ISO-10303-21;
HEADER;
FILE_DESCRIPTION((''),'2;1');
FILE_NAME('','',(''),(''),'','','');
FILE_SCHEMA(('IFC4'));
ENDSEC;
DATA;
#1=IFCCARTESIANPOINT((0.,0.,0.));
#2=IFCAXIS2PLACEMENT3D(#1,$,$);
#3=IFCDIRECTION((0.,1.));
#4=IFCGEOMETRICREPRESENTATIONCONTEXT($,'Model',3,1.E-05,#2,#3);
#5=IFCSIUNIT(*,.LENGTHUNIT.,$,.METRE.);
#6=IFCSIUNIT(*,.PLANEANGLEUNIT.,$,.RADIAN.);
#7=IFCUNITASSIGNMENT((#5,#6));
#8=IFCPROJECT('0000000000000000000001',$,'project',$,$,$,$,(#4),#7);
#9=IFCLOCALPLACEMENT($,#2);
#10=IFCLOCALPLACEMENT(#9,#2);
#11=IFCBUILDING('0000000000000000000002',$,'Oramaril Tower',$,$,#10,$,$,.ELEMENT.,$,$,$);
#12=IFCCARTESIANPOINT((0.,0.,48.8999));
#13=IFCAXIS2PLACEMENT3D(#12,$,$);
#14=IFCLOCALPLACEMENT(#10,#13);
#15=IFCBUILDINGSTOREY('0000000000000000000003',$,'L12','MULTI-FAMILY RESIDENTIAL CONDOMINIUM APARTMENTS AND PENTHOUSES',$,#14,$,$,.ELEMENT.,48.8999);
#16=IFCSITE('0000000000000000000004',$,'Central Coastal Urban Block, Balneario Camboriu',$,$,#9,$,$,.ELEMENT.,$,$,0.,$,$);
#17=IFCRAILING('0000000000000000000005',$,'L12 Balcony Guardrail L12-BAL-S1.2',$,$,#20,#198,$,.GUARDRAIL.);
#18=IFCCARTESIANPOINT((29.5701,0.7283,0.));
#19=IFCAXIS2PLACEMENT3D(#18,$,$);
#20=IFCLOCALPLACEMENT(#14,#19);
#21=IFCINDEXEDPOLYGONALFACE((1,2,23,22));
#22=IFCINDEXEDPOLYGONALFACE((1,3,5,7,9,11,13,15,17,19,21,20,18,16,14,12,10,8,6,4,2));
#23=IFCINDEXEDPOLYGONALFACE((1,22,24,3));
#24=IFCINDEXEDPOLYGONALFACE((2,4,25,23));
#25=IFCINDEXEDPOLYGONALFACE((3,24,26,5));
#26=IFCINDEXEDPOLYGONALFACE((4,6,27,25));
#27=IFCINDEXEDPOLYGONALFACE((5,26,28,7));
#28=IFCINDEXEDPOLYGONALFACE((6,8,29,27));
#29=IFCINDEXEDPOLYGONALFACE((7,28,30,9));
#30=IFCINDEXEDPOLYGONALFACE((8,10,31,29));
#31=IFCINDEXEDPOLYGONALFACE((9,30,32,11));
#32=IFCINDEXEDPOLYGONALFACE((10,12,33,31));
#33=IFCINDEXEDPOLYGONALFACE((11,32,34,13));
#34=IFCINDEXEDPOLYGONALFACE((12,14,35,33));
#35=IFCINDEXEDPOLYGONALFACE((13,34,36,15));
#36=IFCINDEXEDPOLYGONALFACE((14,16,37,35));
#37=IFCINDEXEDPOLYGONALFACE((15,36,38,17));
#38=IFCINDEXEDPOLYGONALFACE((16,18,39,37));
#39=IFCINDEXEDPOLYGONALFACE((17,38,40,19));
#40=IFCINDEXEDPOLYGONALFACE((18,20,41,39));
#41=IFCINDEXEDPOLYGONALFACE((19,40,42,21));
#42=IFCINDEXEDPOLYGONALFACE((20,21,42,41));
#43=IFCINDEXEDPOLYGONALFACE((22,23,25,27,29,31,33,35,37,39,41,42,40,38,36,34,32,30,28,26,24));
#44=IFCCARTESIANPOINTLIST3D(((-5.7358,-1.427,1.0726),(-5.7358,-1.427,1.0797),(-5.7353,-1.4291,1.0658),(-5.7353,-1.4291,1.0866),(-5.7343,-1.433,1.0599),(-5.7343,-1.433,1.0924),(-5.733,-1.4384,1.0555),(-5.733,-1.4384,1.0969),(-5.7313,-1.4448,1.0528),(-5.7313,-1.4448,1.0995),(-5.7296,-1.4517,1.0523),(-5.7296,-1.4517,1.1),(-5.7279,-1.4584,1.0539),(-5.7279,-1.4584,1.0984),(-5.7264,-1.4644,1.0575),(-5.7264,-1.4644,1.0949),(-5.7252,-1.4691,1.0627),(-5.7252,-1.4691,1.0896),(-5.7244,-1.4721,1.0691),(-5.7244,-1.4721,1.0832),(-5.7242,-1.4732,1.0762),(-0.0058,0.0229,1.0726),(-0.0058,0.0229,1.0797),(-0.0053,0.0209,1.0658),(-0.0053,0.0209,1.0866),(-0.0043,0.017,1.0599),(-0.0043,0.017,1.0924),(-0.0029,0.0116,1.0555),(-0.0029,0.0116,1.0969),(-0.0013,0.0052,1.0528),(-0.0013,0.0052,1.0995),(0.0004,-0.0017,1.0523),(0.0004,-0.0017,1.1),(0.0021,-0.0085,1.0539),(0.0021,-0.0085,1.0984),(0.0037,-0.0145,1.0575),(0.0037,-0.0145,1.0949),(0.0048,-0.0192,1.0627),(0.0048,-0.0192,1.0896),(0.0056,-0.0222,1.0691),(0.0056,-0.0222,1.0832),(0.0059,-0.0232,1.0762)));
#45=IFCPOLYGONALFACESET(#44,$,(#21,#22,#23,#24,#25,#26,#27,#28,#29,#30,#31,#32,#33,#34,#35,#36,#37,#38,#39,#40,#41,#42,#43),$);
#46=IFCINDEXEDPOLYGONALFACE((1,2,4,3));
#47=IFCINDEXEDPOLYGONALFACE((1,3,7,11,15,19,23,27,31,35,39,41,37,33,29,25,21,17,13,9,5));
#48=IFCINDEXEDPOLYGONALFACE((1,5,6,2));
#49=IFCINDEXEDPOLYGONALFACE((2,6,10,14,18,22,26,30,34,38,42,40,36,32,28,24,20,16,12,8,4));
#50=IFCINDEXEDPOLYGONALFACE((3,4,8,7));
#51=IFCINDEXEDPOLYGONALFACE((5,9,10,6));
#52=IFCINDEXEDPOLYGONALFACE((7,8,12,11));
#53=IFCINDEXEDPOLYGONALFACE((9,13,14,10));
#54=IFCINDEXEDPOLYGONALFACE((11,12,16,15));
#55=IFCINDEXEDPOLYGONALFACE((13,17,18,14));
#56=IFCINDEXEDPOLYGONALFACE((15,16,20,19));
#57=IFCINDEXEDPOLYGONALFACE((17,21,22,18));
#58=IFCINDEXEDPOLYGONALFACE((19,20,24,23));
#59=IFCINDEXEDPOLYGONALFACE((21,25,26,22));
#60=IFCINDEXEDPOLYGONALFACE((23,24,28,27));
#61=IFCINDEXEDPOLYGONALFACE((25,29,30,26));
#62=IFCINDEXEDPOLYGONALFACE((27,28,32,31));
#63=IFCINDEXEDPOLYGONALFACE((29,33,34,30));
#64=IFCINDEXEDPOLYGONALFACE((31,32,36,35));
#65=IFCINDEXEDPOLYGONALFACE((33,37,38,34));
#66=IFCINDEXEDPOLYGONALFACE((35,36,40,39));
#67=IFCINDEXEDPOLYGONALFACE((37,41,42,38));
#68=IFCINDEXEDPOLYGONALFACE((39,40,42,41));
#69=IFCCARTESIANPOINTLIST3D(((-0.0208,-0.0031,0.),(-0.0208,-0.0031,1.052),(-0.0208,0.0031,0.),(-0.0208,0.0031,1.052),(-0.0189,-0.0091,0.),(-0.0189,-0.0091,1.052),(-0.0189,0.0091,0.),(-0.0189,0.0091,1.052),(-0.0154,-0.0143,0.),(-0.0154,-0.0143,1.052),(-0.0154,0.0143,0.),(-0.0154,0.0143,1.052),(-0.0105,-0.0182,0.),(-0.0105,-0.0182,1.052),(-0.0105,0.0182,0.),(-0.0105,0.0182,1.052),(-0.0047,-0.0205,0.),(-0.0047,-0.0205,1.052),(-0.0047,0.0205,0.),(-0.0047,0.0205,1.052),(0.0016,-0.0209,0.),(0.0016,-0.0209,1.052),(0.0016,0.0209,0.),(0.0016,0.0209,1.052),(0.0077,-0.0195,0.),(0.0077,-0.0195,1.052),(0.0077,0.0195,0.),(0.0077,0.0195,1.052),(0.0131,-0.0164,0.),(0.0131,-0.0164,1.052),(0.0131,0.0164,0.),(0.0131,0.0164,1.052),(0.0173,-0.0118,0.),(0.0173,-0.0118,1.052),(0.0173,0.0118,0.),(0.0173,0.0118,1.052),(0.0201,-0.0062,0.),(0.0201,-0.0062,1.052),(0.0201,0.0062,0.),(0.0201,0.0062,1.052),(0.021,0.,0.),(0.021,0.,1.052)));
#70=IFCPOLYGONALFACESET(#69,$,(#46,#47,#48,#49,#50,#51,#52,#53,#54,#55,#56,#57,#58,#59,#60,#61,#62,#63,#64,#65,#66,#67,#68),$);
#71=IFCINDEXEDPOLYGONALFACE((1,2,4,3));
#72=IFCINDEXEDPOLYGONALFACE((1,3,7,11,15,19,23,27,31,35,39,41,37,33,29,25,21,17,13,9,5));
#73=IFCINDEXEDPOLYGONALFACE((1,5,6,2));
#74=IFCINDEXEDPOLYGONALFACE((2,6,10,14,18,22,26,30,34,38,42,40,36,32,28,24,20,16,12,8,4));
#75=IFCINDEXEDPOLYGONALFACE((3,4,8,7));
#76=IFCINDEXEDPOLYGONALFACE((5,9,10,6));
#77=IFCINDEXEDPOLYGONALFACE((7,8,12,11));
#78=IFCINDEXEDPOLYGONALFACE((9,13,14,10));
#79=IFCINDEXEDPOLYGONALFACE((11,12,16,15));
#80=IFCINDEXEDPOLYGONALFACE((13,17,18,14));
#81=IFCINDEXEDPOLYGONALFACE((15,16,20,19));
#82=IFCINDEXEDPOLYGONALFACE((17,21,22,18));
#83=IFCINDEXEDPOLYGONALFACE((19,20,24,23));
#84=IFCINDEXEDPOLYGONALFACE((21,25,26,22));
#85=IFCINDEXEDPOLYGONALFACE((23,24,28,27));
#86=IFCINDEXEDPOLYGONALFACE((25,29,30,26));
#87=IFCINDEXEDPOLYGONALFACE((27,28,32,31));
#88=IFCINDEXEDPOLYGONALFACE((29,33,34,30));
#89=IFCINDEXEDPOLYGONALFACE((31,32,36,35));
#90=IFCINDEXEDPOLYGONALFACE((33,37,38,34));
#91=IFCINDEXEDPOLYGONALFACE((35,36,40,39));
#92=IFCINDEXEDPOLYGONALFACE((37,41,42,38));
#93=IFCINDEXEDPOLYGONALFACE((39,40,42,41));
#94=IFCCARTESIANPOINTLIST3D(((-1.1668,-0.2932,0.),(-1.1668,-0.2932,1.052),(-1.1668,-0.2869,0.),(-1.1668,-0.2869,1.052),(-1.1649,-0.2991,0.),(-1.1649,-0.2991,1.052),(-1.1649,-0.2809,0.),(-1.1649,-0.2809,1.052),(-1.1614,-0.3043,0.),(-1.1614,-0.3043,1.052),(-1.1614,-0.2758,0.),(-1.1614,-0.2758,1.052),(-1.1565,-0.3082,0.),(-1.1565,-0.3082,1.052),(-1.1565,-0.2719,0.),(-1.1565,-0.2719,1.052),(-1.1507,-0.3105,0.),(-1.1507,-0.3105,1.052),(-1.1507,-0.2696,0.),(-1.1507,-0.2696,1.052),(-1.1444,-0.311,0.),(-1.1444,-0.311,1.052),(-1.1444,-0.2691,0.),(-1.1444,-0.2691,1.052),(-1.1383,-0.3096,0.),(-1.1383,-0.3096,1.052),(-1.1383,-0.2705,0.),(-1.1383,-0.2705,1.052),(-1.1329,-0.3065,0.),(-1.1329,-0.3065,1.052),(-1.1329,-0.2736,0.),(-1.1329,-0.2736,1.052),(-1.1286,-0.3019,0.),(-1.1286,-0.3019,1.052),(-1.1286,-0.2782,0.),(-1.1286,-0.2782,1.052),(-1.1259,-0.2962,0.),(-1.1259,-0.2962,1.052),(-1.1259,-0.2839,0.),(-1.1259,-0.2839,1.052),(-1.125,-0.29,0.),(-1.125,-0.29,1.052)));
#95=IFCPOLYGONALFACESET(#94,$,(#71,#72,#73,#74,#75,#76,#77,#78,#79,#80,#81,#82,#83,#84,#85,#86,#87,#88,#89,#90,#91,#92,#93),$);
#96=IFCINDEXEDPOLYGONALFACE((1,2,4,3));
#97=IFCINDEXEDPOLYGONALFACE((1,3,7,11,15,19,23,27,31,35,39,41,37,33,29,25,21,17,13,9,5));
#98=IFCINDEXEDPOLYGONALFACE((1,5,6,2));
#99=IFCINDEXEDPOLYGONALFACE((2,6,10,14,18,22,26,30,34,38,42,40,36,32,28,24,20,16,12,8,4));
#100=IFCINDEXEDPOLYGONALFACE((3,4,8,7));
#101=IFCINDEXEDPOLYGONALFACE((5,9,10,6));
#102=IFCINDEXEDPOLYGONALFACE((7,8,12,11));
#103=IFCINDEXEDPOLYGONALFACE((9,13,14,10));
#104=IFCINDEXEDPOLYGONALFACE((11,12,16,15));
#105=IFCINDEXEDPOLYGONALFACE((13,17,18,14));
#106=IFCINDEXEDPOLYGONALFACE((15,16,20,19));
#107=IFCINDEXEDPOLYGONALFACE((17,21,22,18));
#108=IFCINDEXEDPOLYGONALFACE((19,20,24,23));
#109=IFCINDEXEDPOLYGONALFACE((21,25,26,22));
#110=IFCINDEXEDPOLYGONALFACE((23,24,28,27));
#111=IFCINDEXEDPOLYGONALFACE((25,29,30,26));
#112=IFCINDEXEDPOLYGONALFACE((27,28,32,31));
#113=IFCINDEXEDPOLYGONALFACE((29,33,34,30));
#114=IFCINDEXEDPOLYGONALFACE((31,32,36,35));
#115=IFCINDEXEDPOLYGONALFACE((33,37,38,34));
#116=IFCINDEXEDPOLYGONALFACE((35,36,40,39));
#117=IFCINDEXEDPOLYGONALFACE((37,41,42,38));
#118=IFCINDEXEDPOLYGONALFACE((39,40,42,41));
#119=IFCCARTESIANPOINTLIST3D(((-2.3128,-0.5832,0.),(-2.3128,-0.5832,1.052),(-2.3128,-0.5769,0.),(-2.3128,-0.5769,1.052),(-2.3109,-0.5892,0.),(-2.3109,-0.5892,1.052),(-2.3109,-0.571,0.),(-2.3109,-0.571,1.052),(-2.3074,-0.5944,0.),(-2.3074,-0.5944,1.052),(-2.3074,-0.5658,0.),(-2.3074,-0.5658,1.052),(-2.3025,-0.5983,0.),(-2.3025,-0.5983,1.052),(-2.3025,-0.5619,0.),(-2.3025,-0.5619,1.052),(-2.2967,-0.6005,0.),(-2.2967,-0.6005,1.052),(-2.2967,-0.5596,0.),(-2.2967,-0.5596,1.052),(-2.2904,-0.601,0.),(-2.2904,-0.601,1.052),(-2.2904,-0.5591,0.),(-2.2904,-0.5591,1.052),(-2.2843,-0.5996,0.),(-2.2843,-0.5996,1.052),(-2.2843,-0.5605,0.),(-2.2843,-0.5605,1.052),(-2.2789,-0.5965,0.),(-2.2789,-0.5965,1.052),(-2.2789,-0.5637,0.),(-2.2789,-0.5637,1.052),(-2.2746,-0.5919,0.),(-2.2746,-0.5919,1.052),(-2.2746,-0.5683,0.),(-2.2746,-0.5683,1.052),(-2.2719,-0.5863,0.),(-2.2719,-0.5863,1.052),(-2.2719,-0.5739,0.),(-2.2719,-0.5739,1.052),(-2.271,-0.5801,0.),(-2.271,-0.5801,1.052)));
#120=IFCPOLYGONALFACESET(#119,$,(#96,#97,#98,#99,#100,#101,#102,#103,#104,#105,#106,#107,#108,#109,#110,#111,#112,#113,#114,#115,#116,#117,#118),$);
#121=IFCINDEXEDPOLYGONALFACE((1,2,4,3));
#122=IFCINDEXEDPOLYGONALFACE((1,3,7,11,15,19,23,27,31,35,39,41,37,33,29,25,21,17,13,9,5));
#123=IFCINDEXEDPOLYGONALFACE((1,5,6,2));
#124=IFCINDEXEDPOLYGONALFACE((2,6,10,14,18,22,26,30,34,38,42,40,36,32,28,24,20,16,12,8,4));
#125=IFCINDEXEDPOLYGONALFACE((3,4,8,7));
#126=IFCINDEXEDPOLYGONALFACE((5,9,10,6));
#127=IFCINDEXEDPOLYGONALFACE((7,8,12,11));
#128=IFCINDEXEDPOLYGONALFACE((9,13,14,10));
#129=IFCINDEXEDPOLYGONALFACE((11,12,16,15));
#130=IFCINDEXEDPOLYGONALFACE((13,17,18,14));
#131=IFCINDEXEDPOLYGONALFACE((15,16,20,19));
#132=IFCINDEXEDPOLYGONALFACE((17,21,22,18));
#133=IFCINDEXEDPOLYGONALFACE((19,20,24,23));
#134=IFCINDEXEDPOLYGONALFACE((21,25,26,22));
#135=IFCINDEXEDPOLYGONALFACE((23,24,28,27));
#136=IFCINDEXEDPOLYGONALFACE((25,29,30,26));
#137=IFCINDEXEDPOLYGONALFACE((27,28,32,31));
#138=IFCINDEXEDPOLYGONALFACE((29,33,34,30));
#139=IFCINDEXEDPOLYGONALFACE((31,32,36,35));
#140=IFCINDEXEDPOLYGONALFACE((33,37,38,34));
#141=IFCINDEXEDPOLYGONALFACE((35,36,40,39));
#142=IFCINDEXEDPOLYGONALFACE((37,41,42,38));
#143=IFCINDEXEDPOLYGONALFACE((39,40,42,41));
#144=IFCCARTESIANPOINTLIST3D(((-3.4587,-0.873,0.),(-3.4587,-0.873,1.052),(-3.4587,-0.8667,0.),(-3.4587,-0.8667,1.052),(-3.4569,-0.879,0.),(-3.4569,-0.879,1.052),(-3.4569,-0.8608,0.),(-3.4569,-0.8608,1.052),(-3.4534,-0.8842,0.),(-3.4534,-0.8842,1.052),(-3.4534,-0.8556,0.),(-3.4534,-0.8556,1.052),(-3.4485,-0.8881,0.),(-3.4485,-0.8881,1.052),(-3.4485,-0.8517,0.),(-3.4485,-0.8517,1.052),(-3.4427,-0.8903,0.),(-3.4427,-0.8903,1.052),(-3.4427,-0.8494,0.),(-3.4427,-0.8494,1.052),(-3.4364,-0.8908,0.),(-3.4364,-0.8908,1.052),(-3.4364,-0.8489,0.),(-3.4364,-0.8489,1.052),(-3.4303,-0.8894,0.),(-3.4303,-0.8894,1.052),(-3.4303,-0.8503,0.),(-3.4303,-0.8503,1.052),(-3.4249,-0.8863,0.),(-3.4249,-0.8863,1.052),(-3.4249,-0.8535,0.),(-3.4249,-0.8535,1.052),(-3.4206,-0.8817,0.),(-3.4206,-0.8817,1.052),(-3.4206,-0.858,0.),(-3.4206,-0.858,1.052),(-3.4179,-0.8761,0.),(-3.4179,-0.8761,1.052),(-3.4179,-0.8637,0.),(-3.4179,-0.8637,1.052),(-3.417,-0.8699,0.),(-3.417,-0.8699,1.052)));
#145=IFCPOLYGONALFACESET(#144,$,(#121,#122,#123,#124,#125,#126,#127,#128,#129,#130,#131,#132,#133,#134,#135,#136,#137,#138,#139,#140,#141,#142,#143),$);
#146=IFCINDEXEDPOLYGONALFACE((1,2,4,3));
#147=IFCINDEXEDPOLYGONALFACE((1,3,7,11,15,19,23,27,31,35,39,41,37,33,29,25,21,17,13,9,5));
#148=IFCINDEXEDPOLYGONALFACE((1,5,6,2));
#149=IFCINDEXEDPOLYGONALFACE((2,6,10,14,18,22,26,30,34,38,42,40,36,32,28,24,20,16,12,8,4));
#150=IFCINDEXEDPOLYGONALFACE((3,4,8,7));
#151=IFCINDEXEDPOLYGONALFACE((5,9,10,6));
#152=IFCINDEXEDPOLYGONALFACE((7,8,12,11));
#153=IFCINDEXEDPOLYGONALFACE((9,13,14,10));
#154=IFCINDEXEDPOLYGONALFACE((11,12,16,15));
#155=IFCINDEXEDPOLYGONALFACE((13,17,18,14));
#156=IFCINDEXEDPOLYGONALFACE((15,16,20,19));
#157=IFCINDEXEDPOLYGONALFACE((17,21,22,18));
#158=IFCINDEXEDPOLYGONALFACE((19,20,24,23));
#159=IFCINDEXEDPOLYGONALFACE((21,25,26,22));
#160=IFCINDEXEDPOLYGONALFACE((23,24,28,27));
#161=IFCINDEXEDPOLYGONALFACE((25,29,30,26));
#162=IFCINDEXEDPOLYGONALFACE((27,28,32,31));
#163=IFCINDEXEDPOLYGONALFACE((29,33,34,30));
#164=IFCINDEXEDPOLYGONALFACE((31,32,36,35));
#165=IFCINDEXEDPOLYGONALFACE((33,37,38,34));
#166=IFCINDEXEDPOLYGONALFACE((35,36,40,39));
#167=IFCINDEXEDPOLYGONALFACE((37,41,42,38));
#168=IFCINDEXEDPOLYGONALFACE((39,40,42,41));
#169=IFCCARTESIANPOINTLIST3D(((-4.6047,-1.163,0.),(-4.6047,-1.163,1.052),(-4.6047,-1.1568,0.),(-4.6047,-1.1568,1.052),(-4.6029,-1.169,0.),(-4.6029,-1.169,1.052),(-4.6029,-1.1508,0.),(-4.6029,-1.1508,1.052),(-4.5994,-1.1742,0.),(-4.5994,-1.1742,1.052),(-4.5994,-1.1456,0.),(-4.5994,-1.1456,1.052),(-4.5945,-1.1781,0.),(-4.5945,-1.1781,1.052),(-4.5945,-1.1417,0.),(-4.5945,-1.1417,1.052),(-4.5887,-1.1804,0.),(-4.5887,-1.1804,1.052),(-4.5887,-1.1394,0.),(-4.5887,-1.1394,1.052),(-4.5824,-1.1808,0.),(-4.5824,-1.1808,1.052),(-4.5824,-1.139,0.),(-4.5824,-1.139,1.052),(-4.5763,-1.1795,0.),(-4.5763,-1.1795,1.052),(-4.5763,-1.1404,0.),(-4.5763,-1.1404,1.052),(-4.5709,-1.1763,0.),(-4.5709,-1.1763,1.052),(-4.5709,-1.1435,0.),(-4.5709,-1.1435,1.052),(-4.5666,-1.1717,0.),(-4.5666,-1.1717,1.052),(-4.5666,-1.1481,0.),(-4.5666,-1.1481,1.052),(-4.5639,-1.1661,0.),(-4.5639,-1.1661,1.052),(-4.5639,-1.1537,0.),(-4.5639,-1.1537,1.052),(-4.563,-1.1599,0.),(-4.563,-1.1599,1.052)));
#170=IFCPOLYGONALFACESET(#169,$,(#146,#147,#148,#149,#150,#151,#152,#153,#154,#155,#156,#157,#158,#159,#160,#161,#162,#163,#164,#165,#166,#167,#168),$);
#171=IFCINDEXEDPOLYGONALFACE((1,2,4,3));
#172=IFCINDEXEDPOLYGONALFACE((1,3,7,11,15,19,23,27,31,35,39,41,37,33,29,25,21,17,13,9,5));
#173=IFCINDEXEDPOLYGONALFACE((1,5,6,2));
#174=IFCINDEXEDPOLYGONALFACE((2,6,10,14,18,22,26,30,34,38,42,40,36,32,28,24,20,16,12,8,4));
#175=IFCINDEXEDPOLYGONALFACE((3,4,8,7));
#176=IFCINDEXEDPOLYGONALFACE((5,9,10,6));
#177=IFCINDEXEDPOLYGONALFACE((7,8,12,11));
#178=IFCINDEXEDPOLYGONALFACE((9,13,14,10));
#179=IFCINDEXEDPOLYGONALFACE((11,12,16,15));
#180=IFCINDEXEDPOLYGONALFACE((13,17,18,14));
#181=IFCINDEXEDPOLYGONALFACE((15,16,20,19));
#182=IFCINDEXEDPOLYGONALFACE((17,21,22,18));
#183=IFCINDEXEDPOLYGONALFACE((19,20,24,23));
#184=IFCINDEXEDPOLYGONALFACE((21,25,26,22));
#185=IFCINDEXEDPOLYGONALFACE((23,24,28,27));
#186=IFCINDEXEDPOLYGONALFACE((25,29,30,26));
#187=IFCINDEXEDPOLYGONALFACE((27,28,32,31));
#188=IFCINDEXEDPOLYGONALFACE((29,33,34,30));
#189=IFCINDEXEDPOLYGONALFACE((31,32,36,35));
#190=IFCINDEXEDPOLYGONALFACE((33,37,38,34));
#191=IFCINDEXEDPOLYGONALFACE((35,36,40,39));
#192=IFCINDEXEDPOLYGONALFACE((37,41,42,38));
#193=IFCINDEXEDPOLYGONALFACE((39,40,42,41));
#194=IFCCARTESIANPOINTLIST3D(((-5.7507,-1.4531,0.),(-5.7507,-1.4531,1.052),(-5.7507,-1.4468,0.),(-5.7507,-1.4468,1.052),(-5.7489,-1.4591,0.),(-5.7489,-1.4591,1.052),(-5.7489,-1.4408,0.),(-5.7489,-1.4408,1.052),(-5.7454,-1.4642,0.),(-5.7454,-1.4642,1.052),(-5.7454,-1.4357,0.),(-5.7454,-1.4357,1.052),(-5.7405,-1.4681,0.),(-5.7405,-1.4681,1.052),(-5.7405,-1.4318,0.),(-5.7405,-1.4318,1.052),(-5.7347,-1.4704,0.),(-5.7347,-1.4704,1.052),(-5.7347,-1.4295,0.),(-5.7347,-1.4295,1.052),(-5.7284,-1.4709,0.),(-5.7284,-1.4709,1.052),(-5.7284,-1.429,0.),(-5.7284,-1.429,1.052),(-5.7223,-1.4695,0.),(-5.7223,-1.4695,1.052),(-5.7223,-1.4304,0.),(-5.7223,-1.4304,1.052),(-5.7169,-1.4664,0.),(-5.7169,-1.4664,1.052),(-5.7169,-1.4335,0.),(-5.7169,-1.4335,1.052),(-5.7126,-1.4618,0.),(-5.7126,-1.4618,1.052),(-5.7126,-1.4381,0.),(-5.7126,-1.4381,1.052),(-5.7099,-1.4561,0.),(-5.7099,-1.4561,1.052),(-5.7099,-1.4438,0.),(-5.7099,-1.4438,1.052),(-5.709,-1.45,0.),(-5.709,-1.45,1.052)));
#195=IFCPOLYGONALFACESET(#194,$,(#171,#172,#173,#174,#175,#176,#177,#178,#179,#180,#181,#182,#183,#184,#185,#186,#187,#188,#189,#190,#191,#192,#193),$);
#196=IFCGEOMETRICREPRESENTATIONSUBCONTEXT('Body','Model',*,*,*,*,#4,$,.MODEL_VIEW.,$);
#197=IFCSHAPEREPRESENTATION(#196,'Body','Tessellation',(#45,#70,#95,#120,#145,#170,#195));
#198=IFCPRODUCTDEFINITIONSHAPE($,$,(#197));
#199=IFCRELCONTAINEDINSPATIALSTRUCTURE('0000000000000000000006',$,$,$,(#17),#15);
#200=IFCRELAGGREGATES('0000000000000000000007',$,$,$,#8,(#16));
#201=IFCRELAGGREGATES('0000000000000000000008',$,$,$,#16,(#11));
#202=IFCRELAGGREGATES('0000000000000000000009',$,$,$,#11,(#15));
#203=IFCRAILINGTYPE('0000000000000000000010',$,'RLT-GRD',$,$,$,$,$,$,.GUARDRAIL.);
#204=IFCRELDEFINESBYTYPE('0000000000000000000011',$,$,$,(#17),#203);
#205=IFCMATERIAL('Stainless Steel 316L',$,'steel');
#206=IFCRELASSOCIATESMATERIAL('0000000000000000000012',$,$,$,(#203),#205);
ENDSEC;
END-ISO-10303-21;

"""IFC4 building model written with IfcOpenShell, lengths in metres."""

from ifc_helpers import new_model, si_unit, direction, frame, origin, origin_2d, place, context, subcontext, project, spatial, circle, extrude, material, type_object, element, save


model = new_model("IFC4")

# Units and contexts
model_context = context("Model", 3, precision=1e-05, world=origin(), true_north=direction((0.0, 1.0)))
body_context = subcontext(model_context, "Body", "Model", "MODEL_VIEW")
ifc_project = project(units=[si_unit("LENGTHUNIT", "METRE"), si_unit("PLANEANGLEUNIT", "RADIAN")], contexts=[model_context])

# Site, building, storey
site_placement = place(None, origin())
site = spatial("IfcSite", under=ifc_project, at=site_placement, Name="Central Coastal Urban Block, Balneario Camboriu", CompositionType="ELEMENT", RefElevation=0.0)
building_placement = place(site_placement, origin())
building = spatial("IfcBuilding", under=site, at=building_placement, Name="Oramaril Tower", CompositionType="ELEMENT")
storey_placement = place(building_placement, frame((0.0, 0.0, 48.8999)))
storey = spatial("IfcBuildingStorey", under=building, at=storey_placement, Name="L12", Description="MULTI-FAMILY RESIDENTIAL CONDOMINIUM APARTMENTS AND PENTHOUSES", CompositionType="ELEMENT", Elevation=48.8999)

# Railing
ifc_material_1 = material(Name="Stainless Steel 316L", Category="steel")
railing_type = type_object("IfcRailingType", Name="RLT-GRD", PredefinedType="GUARDRAIL", material=ifc_material_1)
railing_1_placement = place(storey_placement, frame((29.5701, 0.7283, 0.0)))
element("IfcRailing", 1, at=railing_1_placement, inside=storey, type_object=railing_type, Name="L12 Balcony Guardrail L12-BAL-S1.2", PredefinedType="GUARDRAIL", context=body_context, shape_type="SweptSolid", body=[
    extrude(circle(Radius=0.0239, at=origin_2d()), frame((0.0, 0.0, 1.0762), z_axis=(-0.969444, -0.245314, 0.0), x_axis=(0.245314, -0.969444, 0.0)), (0.0, 0.0, 1.0), 5.9106),
    extrude(circle(Radius=0.021, at=origin_2d()), origin(), (0.0, 0.0, 1.0), 1.052),
    extrude(circle(Radius=0.021, at=origin_2d()), frame((-1.146, -0.29, 0.0)), (0.0, 0.0, 1.0), 1.052),
    extrude(circle(Radius=0.021, at=origin_2d()), frame((-2.292, -0.5801, 0.0)), (0.0, 0.0, 1.0), 1.052),
    extrude(circle(Radius=0.021, at=origin_2d()), frame((-3.438, -0.8699, 0.0)), (0.0, 0.0, 1.0), 1.052),
    extrude(circle(Radius=0.021, at=origin_2d()), frame((-4.584, -1.1599, 0.0)), (0.0, 0.0, 1.0), 1.052),
    extrude(circle(Radius=0.021, at=origin_2d()), frame((-5.73, -1.45, 0.0)), (0.0, 0.0, 1.0), 1.052),
])

save(model, "model.ifc")
